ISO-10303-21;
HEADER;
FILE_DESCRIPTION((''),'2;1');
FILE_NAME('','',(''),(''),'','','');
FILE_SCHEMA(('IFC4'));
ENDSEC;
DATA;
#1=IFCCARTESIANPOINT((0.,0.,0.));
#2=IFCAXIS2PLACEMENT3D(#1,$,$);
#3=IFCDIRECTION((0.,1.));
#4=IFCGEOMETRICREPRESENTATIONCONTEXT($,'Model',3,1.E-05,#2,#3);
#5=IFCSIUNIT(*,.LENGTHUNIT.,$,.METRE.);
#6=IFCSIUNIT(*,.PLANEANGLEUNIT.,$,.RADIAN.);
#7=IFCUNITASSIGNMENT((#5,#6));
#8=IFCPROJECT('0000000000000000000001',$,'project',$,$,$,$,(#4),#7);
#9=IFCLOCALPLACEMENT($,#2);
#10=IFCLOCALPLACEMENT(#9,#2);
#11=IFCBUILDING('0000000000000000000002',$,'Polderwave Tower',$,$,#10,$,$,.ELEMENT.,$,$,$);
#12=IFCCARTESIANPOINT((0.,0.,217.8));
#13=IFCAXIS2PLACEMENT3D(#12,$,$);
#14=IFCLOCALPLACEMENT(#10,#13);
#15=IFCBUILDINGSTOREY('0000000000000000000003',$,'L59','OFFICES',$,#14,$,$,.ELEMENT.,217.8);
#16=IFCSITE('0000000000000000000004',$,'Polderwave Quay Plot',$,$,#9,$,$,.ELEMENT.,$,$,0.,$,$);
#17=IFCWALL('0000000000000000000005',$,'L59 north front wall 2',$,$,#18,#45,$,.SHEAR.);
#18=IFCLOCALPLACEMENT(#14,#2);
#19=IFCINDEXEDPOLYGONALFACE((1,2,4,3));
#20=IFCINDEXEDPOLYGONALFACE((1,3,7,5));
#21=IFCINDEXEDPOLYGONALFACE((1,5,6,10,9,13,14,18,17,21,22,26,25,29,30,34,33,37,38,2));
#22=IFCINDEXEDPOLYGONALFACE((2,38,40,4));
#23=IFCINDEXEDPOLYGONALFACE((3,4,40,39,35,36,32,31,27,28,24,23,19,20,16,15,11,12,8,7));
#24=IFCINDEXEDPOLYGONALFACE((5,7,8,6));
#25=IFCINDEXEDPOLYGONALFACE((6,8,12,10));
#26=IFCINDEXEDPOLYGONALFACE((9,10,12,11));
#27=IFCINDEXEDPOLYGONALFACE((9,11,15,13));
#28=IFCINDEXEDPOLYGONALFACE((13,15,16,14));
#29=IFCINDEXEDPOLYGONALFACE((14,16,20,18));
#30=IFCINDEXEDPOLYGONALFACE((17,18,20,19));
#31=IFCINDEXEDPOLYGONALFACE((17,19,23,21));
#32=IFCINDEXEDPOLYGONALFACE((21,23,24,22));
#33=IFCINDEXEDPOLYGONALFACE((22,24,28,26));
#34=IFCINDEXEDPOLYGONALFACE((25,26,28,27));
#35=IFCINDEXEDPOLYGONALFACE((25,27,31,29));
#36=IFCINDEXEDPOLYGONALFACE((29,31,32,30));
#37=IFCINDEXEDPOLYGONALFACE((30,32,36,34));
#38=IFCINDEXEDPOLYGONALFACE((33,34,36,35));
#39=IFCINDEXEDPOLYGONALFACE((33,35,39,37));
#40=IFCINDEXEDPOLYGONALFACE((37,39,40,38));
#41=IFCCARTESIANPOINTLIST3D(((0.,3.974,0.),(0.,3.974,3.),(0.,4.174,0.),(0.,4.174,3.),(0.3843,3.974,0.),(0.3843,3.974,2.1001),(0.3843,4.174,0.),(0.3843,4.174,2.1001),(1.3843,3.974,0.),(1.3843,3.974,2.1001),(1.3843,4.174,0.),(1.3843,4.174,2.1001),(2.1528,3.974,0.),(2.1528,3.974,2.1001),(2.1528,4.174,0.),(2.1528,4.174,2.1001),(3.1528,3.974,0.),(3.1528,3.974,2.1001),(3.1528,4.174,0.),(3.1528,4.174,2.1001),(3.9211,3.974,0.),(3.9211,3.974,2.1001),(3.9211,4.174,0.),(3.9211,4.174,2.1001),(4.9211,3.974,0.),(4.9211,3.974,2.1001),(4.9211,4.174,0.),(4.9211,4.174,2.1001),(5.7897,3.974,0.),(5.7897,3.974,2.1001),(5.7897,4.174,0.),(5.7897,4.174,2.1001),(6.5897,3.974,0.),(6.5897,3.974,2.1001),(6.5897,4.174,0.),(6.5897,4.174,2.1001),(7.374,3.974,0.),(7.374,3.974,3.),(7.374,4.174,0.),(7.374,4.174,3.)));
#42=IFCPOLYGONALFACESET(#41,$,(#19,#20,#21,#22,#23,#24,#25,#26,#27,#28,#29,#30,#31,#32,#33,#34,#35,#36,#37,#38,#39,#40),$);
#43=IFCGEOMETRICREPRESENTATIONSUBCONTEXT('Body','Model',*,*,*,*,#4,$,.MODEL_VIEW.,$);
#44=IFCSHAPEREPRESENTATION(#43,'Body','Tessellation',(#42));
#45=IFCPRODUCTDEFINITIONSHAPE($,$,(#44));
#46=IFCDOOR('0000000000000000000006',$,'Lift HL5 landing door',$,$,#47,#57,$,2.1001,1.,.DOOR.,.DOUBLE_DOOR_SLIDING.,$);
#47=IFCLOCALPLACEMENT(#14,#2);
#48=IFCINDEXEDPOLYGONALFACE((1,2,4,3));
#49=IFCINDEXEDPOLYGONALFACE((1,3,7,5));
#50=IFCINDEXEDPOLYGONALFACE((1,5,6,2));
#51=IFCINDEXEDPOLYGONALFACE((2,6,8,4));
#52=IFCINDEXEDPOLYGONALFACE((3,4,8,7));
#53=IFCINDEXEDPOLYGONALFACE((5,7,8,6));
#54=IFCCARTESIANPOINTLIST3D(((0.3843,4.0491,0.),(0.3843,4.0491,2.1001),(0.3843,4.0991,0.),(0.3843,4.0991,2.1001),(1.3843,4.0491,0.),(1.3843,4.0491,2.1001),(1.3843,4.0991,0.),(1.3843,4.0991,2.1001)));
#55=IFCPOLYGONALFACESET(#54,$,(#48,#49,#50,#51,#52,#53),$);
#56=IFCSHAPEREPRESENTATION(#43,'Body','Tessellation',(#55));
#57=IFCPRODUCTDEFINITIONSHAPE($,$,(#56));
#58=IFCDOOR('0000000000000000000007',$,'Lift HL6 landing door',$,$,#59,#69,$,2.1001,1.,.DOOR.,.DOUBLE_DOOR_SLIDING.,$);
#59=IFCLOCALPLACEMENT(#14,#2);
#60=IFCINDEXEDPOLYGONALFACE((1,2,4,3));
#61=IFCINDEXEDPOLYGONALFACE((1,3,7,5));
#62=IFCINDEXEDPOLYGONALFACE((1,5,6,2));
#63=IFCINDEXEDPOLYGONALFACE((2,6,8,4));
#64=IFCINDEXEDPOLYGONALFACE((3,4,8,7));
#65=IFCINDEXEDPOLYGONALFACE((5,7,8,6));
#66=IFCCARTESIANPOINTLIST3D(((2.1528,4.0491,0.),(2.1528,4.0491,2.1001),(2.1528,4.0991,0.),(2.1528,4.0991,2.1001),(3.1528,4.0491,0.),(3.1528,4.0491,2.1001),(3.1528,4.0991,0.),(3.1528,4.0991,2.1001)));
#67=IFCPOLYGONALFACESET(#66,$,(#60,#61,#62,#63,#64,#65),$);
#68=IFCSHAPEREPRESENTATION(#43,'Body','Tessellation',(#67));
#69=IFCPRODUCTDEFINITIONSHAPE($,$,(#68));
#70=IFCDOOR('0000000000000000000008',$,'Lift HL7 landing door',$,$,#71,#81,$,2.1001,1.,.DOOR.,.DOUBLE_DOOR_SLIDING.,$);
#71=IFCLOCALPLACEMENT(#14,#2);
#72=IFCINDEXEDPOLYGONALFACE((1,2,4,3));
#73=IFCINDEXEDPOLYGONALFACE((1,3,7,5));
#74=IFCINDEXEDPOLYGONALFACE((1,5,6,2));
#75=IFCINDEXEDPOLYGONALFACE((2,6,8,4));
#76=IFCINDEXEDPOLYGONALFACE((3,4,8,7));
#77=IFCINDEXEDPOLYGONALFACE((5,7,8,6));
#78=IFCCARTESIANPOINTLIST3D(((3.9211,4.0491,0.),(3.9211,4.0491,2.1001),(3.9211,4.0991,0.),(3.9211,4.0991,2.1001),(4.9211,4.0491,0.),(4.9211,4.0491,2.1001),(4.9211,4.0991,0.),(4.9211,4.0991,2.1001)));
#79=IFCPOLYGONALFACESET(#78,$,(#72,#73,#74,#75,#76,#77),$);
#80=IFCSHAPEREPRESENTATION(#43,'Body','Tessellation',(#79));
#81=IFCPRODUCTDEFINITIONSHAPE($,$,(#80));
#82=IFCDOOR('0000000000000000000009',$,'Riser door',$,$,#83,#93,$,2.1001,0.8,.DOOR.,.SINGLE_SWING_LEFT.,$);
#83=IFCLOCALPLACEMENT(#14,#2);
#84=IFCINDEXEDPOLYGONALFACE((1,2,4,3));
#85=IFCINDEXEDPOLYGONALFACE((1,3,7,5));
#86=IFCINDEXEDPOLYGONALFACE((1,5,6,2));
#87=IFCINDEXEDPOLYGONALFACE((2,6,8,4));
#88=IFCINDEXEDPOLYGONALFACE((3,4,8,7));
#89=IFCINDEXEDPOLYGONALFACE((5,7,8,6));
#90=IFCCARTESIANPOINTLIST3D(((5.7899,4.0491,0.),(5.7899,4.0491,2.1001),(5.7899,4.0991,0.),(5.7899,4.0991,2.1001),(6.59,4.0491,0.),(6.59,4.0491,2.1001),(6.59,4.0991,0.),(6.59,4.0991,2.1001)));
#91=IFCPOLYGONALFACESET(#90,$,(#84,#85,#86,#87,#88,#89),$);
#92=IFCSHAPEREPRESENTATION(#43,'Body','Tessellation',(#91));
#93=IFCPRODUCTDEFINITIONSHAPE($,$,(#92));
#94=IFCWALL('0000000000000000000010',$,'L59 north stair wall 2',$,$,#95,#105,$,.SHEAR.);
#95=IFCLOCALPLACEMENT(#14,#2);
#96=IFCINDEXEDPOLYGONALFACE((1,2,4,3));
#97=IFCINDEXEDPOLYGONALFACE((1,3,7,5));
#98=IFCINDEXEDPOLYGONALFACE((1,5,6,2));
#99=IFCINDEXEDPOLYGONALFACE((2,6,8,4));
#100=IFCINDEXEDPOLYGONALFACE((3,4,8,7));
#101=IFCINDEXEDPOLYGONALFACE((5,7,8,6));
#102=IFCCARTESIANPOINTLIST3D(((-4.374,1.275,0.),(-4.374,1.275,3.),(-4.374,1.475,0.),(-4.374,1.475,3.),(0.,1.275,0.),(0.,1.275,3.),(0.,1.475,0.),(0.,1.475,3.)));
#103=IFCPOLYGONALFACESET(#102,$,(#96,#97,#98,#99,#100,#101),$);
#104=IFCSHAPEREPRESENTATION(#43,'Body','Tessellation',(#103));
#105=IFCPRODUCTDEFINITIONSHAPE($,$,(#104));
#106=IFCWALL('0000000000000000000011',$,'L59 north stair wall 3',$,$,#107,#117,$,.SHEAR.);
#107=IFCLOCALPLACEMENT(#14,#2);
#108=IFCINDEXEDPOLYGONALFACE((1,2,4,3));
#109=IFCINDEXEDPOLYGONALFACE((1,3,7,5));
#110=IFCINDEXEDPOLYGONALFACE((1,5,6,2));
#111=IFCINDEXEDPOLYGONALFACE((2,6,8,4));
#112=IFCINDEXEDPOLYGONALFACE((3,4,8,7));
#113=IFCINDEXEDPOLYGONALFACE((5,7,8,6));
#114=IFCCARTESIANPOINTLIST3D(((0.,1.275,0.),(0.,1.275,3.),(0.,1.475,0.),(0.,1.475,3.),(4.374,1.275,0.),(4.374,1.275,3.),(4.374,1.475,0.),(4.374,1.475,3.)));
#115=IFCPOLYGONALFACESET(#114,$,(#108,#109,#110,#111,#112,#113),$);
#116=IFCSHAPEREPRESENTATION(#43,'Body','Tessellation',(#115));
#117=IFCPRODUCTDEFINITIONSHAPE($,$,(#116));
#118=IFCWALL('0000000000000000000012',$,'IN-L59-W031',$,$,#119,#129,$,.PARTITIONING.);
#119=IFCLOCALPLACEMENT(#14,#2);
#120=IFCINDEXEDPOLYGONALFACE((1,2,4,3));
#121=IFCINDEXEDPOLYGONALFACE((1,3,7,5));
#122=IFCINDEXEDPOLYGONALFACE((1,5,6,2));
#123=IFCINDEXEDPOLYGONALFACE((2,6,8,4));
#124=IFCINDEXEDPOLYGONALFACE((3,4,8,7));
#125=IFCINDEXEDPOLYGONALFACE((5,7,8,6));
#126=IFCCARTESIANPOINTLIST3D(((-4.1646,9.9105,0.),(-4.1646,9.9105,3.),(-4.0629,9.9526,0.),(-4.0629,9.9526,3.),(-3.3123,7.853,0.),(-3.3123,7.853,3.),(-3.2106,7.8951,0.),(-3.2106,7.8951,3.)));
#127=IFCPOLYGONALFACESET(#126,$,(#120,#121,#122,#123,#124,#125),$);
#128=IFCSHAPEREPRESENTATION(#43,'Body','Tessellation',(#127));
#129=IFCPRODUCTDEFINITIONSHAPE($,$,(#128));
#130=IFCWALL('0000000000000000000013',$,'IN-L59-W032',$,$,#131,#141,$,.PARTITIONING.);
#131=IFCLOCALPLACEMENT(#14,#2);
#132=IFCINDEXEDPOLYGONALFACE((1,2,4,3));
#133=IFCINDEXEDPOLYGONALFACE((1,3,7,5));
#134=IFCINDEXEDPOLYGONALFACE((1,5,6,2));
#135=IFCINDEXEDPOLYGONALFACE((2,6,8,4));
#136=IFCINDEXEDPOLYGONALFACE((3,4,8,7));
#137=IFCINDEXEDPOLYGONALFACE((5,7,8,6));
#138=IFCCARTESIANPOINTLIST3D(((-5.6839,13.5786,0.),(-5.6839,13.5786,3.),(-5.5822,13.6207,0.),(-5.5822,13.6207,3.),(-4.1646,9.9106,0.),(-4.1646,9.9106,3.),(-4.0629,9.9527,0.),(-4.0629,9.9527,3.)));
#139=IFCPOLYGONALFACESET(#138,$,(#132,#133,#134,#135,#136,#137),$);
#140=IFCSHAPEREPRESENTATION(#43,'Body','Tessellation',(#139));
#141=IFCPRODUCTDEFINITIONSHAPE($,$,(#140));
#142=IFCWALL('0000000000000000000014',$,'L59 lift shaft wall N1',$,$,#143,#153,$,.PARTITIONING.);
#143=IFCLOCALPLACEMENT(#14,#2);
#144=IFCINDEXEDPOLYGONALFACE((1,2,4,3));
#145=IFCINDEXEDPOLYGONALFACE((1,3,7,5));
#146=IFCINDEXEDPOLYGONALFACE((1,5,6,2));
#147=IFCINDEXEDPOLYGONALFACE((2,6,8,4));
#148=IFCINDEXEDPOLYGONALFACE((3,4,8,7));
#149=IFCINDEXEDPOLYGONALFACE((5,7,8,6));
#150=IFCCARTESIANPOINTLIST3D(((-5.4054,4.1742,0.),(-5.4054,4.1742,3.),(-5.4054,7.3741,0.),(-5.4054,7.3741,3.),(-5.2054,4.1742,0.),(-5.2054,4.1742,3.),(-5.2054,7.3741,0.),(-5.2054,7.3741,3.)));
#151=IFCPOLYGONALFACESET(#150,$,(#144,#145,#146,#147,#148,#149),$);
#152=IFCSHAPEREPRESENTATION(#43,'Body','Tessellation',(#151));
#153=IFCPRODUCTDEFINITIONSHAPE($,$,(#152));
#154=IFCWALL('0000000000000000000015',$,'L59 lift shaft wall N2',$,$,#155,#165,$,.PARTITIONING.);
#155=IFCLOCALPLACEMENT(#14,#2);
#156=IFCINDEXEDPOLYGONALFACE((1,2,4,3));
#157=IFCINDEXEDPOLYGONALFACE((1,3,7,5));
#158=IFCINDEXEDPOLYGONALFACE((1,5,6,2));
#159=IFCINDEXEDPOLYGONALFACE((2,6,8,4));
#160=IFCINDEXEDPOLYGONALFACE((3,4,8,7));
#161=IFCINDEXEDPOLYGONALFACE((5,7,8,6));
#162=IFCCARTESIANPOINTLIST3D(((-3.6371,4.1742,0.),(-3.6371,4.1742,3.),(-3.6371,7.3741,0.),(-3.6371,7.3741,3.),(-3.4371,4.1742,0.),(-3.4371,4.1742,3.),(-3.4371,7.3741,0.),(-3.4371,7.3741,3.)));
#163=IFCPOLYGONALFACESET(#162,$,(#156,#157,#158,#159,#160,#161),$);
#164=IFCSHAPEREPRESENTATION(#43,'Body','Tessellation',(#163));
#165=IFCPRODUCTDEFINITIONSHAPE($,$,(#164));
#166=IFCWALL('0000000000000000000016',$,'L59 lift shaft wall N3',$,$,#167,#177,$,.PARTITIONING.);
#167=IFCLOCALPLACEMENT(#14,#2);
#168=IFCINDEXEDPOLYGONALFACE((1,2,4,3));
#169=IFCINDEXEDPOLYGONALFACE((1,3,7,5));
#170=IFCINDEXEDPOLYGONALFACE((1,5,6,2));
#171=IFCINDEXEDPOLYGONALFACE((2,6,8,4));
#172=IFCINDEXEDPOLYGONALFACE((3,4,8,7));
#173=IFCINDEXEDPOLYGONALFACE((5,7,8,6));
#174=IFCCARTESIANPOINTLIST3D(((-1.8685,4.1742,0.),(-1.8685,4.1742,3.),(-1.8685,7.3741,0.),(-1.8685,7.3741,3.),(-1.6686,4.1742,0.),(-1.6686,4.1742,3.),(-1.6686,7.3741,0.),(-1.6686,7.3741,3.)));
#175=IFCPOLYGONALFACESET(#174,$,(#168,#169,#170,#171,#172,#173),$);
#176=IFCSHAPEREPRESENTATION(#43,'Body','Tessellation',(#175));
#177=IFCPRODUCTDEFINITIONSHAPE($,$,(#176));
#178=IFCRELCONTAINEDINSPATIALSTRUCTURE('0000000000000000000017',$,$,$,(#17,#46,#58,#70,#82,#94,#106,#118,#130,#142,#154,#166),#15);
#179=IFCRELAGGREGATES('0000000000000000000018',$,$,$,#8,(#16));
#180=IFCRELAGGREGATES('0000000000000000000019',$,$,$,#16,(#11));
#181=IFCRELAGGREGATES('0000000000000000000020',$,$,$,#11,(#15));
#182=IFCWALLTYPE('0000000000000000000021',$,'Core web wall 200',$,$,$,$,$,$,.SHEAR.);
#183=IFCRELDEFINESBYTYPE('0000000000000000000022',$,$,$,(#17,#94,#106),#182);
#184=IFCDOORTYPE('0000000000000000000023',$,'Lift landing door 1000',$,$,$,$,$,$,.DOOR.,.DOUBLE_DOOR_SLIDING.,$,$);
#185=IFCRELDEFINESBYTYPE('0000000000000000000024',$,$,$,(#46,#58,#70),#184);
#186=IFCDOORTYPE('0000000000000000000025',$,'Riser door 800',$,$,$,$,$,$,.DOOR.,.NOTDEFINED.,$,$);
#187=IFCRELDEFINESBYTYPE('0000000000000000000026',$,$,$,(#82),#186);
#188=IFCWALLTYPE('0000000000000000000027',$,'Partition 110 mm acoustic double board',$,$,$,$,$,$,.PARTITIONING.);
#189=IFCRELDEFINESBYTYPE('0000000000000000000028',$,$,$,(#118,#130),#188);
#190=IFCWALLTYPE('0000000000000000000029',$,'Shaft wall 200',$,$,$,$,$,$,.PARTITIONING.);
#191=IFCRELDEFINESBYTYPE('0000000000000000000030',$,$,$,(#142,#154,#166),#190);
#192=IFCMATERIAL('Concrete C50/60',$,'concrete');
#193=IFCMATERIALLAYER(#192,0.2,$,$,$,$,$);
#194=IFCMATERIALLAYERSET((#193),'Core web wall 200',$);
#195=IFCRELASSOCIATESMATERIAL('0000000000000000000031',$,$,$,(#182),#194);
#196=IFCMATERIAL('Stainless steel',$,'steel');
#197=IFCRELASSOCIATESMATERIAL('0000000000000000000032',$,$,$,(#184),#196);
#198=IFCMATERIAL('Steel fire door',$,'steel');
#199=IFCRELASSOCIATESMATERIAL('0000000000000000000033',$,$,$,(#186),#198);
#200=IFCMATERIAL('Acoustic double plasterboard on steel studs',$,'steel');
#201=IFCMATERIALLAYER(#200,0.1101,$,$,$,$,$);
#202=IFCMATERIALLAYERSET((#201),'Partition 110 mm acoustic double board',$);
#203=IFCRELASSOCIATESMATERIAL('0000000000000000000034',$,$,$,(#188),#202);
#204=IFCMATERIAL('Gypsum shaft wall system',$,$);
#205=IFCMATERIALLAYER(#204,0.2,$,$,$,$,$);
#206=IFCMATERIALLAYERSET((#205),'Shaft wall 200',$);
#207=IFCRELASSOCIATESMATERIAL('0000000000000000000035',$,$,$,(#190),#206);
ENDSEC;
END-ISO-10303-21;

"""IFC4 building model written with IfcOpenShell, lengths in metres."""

from ifc_helpers import new_model, si_unit, direction, frame, frame_2d, origin, place, context, subcontext, project, spatial, rectangle, extrude, material, layer, layer_set, type_object, element, fill, save


model = new_model("IFC4")

# Units and contexts
model_context = context("Model", 3, precision=1e-05, world=origin(), true_north=direction((0.0, 1.0)))
body_context = subcontext(model_context, "Body", "Model", "MODEL_VIEW")
ifc_project = project(units=[si_unit("LENGTHUNIT", "METRE"), si_unit("PLANEANGLEUNIT", "RADIAN")], contexts=[model_context])

# Site, building, storey
site_placement = place(None, origin())
site = spatial("IfcSite", under=ifc_project, at=site_placement, Name="Polderwave Quay Plot", CompositionType="ELEMENT", RefElevation=0.0)
building_placement = place(site_placement, origin())
building = spatial("IfcBuilding", under=site, at=building_placement, Name="Polderwave Tower", CompositionType="ELEMENT")
storey_placement = place(building_placement, frame((0.0, 0.0, 217.8)))
storey = spatial("IfcBuildingStorey", under=building, at=storey_placement, Name="L59", Description="OFFICES", CompositionType="ELEMENT", Elevation=217.8)

# Wall, openings, doors
ifc_material_1 = material(Name="Concrete C50/60", Category="concrete")
ifc_layer_1 = layer(ifc_material_1, 0.2)
ifc_layer_set_1 = layer_set([ifc_layer_1], Name="Core web wall 200")
wall_type_1 = type_object("IfcWallType", Name="Core web wall 200", PredefinedType="SHEAR", material=ifc_layer_set_1)
ifc_material_2 = material(Name="Stainless steel", Category="steel")
door_type_1 = type_object("IfcDoorType", Name="Lift landing door 1000", OperationType="DOUBLE_DOOR_SLIDING", PredefinedType="DOOR", material=ifc_material_2)
wall_1_placement = place(storey_placement, frame((0.0, 4.074, 0.0), z_axis=(0.0, 0.0, 1.0), x_axis=(1.0, 0.0, 0.0)))
wall_1 = element("IfcWall", 1, at=wall_1_placement, inside=storey, type_object=wall_type_1, Name="L59 north front wall 2", PredefinedType="SHEAR", context=body_context, shape_type="SweptSolid", body=[
    extrude(rectangle(XDim=7.374, YDim=0.2, at=frame_2d((3.687, 0.0))), origin(), (0.0, 0.0, 1.0), 3.0),
])
opening_1_placement = place(wall_1_placement, frame((0.3843, 0.0, 0.0)))
opening_1 = element("IfcOpeningElement", 2, at=opening_1_placement, cuts=wall_1, PredefinedType="OPENING", context=body_context, shape_type="SweptSolid", body=[
    extrude(rectangle(XDim=1.0, YDim=2.1001, at=frame_2d((0.5, 1.05))), frame((0.0, 0.1099, 0.0), z_axis=(0.0, -1.0, 0.0), x_axis=(1.0, 0.0, 0.0)), (0.0, 0.0, 1.0), 0.22),
])
opening_2_placement = place(wall_1_placement, frame((2.1528, 0.0, 0.0)))
opening_2 = element("IfcOpeningElement", 3, at=opening_2_placement, cuts=wall_1, PredefinedType="OPENING", context=body_context, shape_type="SweptSolid", body=[
    extrude(rectangle(XDim=1.0, YDim=2.1001, at=frame_2d((0.5, 1.05))), frame((0.0, 0.1099, 0.0), z_axis=(0.0, -1.0, 0.0), x_axis=(1.0, 0.0, 0.0)), (0.0, 0.0, 1.0), 0.22),
])
opening_3_placement = place(wall_1_placement, frame((3.9211, 0.0, 0.0)))
opening_3 = element("IfcOpeningElement", 4, at=opening_3_placement, cuts=wall_1, PredefinedType="OPENING", context=body_context, shape_type="SweptSolid", body=[
    extrude(rectangle(XDim=1.0, YDim=2.1001, at=frame_2d((0.5, 1.05))), frame((0.0, 0.1099, 0.0), z_axis=(0.0, -1.0, 0.0), x_axis=(1.0, 0.0, 0.0)), (0.0, 0.0, 1.0), 0.22),
])
opening_4_placement = place(wall_1_placement, frame((5.7898, 0.0, 0.0)))
opening_4 = element("IfcOpeningElement", 5, at=opening_4_placement, cuts=wall_1, PredefinedType="OPENING", context=body_context, shape_type="SweptSolid", body=[
    extrude(rectangle(XDim=0.8, YDim=2.1001, at=frame_2d((0.3999, 1.05))), frame((0.0, 0.1099, 0.0), z_axis=(0.0, -1.0, 0.0), x_axis=(1.0, 0.0, 0.0)), (0.0, 0.0, 1.0), 0.22),
])
door_1_placement = place(opening_1_placement, frame((1.0, 0.0, 0.0), z_axis=(0.0, 0.0, 1.0), x_axis=(-1.0, 0.0, 0.0)))
door_1 = element("IfcDoor", 6, at=door_1_placement, inside=storey, type_object=door_type_1, Name="Lift HL5 landing door", OperationType="DOUBLE_DOOR_SLIDING", OverallHeight=2.1001, OverallWidth=1.0, PredefinedType="DOOR", context=body_context, shape_type="SweptSolid", body=[
    extrude(rectangle(XDim=1.0, YDim=2.1001, at=frame_2d((0.5, 1.05))), frame((0.0, 0.0249, 0.0), z_axis=(0.0, -1.0, 0.0), x_axis=(1.0, 0.0, 0.0)), (0.0, 0.0, 1.0), 0.05),
])
fill(opening_1, door_1)
door_2_placement = place(opening_2_placement, frame((1.0, 0.0, 0.0), z_axis=(0.0, 0.0, 1.0), x_axis=(-1.0, 0.0, 0.0)))
door_2 = element("IfcDoor", 7, at=door_2_placement, inside=storey, type_object=door_type_1, Name="Lift HL6 landing door", OperationType="DOUBLE_DOOR_SLIDING", OverallHeight=2.1001, OverallWidth=1.0, PredefinedType="DOOR", context=body_context, shape_type="SweptSolid", body=[
    extrude(rectangle(XDim=1.0, YDim=2.1001, at=frame_2d((0.5, 1.05))), frame((0.0, 0.0249, 0.0), z_axis=(0.0, -1.0, 0.0), x_axis=(1.0, 0.0, 0.0)), (0.0, 0.0, 1.0), 0.05),
])
fill(opening_2, door_2)
door_3_placement = place(opening_3_placement, frame((1.0, 0.0, 0.0), z_axis=(0.0, 0.0, 1.0), x_axis=(-1.0, 0.0, 0.0)))
door_3 = element("IfcDoor", 8, at=door_3_placement, inside=storey, type_object=door_type_1, Name="Lift HL7 landing door", OperationType="DOUBLE_DOOR_SLIDING", OverallHeight=2.1001, OverallWidth=1.0, PredefinedType="DOOR", context=body_context, shape_type="SweptSolid", body=[
    extrude(rectangle(XDim=1.0, YDim=2.1001, at=frame_2d((0.5, 1.05))), frame((0.0, 0.0249, 0.0), z_axis=(0.0, -1.0, 0.0), x_axis=(1.0, 0.0, 0.0)), (0.0, 0.0, 1.0), 0.05),
])
fill(opening_3, door_3)
ifc_material_3 = material(Name="Steel fire door", Category="steel")
door_type_2 = type_object("IfcDoorType", Name="Riser door 800", OperationType="NOTDEFINED", PredefinedType="DOOR", material=ifc_material_3)
door_4_placement = place(opening_4_placement, frame((0.8, 0.0, 0.0), z_axis=(0.0, 0.0, 1.0), x_axis=(-1.0, 0.0, 0.0)))
door_4 = element("IfcDoor", 9, at=door_4_placement, inside=storey, type_object=door_type_2, Name="Riser door", OperationType="SINGLE_SWING_LEFT", OverallHeight=2.1001, OverallWidth=0.8, PredefinedType="DOOR", context=body_context, shape_type="SweptSolid", body=[
    extrude(rectangle(XDim=0.8, YDim=2.1001, at=frame_2d((0.3999, 1.05))), frame((0.0, 0.0249, 0.0), z_axis=(0.0, -1.0, 0.0), x_axis=(1.0, 0.0, 0.0)), (0.0, 0.0, 1.0), 0.05),
])
fill(opening_4, door_4)

# Walls
for number, where, z_axis, x_axis, name in (
    (10, (-4.374, 1.375, 0.0), (0.0, 0.0, 1.0), (1.0, 0.0, 0.0), "L59 north stair wall 2"),
    (11, (0.0, 1.375, 0.0), (0.0, 0.0, 1.0), (1.0, 0.0, 0.0), "L59 north stair wall 3"),
):
    element("IfcWall", number, at=place(storey_placement, frame(where, z_axis=z_axis, x_axis=x_axis)), inside=storey, type_object=wall_type_1, Name=name, PredefinedType="SHEAR", context=body_context, shape_type="SweptSolid", body=[
        extrude(rectangle(XDim=4.374, YDim=0.2, at=frame_2d((2.187, 0.0))), origin(), (0.0, 0.0, 1.0), 3.0),
    ])
ifc_material_4 = material(Name="Acoustic double plasterboard on steel studs", Category="steel")
ifc_layer_2 = layer(ifc_material_4, 0.1101)
ifc_layer_set_2 = layer_set([ifc_layer_2], Name="Partition 110 mm acoustic double board")
wall_type_2 = type_object("IfcWallType", Name="Partition 110 mm acoustic double board", PredefinedType="PARTITIONING", material=ifc_layer_set_2)
wall_2_placement = place(storey_placement, frame((-3.2615, 7.874, 0.0), z_axis=(0.0, 0.0, 1.0), x_axis=(-0.382684, 0.923879, 0.0)))
element("IfcWall", 12, at=wall_2_placement, inside=storey, type_object=wall_type_2, Name="IN-L59-W031", PredefinedType="PARTITIONING", context=body_context, shape_type="SweptSolid", body=[
    extrude(rectangle(XDim=2.2271, YDim=0.1101, at=frame_2d((1.1135, 0.0))), origin(), (0.0, 0.0, 1.0), 3.0),
])
wall_3_placement = place(storey_placement, frame((-4.1138, 9.9316, 0.0), z_axis=(0.0, 0.0, 1.0), x_axis=(-0.382676, 0.923883, 0.0)))
element("IfcWall", 13, at=wall_3_placement, inside=storey, type_object=wall_type_2, Name="IN-L59-W032", PredefinedType="PARTITIONING", context=body_context, shape_type="SweptSolid", body=[
    extrude(rectangle(XDim=3.9702, YDim=0.1101, at=frame_2d((1.9851, 0.0))), origin(), (0.0, 0.0, 1.0), 3.0),
])
ifc_material_5 = material(Name="Gypsum shaft wall system")
ifc_layer_3 = layer(ifc_material_5, 0.2)
ifc_layer_set_3 = layer_set([ifc_layer_3], Name="Shaft wall 200")
wall_type_3 = type_object("IfcWallType", Name="Shaft wall 200", PredefinedType="PARTITIONING", material=ifc_layer_set_3)
for number, where, z_axis, x_axis, name in (
    (14, (-5.3054, 4.1741, 0.0), (0.0, 0.0, 1.0), (0.0, 1.0, 0.0), "L59 lift shaft wall N1"),
    (15, (-3.5371, 4.1741, 0.0), (0.0, 0.0, 1.0), (0.0, 1.0, 0.0), "L59 lift shaft wall N2"),
    (16, (-1.7686, 4.1741, 0.0), (0.0, 0.0, 1.0), (0.0, 1.0, 0.0), "L59 lift shaft wall N3"),
):
    element("IfcWall", number, at=place(storey_placement, frame(where, z_axis=z_axis, x_axis=x_axis)), inside=storey, type_object=wall_type_3, Name=name, PredefinedType="PARTITIONING", context=body_context, shape_type="SweptSolid", body=[
        extrude(rectangle(XDim=3.2, YDim=0.2, at=frame_2d((1.6001, 0.0))), origin(), (0.0, 0.0, 1.0), 3.0),
    ])

save(model, "model.ifc")
